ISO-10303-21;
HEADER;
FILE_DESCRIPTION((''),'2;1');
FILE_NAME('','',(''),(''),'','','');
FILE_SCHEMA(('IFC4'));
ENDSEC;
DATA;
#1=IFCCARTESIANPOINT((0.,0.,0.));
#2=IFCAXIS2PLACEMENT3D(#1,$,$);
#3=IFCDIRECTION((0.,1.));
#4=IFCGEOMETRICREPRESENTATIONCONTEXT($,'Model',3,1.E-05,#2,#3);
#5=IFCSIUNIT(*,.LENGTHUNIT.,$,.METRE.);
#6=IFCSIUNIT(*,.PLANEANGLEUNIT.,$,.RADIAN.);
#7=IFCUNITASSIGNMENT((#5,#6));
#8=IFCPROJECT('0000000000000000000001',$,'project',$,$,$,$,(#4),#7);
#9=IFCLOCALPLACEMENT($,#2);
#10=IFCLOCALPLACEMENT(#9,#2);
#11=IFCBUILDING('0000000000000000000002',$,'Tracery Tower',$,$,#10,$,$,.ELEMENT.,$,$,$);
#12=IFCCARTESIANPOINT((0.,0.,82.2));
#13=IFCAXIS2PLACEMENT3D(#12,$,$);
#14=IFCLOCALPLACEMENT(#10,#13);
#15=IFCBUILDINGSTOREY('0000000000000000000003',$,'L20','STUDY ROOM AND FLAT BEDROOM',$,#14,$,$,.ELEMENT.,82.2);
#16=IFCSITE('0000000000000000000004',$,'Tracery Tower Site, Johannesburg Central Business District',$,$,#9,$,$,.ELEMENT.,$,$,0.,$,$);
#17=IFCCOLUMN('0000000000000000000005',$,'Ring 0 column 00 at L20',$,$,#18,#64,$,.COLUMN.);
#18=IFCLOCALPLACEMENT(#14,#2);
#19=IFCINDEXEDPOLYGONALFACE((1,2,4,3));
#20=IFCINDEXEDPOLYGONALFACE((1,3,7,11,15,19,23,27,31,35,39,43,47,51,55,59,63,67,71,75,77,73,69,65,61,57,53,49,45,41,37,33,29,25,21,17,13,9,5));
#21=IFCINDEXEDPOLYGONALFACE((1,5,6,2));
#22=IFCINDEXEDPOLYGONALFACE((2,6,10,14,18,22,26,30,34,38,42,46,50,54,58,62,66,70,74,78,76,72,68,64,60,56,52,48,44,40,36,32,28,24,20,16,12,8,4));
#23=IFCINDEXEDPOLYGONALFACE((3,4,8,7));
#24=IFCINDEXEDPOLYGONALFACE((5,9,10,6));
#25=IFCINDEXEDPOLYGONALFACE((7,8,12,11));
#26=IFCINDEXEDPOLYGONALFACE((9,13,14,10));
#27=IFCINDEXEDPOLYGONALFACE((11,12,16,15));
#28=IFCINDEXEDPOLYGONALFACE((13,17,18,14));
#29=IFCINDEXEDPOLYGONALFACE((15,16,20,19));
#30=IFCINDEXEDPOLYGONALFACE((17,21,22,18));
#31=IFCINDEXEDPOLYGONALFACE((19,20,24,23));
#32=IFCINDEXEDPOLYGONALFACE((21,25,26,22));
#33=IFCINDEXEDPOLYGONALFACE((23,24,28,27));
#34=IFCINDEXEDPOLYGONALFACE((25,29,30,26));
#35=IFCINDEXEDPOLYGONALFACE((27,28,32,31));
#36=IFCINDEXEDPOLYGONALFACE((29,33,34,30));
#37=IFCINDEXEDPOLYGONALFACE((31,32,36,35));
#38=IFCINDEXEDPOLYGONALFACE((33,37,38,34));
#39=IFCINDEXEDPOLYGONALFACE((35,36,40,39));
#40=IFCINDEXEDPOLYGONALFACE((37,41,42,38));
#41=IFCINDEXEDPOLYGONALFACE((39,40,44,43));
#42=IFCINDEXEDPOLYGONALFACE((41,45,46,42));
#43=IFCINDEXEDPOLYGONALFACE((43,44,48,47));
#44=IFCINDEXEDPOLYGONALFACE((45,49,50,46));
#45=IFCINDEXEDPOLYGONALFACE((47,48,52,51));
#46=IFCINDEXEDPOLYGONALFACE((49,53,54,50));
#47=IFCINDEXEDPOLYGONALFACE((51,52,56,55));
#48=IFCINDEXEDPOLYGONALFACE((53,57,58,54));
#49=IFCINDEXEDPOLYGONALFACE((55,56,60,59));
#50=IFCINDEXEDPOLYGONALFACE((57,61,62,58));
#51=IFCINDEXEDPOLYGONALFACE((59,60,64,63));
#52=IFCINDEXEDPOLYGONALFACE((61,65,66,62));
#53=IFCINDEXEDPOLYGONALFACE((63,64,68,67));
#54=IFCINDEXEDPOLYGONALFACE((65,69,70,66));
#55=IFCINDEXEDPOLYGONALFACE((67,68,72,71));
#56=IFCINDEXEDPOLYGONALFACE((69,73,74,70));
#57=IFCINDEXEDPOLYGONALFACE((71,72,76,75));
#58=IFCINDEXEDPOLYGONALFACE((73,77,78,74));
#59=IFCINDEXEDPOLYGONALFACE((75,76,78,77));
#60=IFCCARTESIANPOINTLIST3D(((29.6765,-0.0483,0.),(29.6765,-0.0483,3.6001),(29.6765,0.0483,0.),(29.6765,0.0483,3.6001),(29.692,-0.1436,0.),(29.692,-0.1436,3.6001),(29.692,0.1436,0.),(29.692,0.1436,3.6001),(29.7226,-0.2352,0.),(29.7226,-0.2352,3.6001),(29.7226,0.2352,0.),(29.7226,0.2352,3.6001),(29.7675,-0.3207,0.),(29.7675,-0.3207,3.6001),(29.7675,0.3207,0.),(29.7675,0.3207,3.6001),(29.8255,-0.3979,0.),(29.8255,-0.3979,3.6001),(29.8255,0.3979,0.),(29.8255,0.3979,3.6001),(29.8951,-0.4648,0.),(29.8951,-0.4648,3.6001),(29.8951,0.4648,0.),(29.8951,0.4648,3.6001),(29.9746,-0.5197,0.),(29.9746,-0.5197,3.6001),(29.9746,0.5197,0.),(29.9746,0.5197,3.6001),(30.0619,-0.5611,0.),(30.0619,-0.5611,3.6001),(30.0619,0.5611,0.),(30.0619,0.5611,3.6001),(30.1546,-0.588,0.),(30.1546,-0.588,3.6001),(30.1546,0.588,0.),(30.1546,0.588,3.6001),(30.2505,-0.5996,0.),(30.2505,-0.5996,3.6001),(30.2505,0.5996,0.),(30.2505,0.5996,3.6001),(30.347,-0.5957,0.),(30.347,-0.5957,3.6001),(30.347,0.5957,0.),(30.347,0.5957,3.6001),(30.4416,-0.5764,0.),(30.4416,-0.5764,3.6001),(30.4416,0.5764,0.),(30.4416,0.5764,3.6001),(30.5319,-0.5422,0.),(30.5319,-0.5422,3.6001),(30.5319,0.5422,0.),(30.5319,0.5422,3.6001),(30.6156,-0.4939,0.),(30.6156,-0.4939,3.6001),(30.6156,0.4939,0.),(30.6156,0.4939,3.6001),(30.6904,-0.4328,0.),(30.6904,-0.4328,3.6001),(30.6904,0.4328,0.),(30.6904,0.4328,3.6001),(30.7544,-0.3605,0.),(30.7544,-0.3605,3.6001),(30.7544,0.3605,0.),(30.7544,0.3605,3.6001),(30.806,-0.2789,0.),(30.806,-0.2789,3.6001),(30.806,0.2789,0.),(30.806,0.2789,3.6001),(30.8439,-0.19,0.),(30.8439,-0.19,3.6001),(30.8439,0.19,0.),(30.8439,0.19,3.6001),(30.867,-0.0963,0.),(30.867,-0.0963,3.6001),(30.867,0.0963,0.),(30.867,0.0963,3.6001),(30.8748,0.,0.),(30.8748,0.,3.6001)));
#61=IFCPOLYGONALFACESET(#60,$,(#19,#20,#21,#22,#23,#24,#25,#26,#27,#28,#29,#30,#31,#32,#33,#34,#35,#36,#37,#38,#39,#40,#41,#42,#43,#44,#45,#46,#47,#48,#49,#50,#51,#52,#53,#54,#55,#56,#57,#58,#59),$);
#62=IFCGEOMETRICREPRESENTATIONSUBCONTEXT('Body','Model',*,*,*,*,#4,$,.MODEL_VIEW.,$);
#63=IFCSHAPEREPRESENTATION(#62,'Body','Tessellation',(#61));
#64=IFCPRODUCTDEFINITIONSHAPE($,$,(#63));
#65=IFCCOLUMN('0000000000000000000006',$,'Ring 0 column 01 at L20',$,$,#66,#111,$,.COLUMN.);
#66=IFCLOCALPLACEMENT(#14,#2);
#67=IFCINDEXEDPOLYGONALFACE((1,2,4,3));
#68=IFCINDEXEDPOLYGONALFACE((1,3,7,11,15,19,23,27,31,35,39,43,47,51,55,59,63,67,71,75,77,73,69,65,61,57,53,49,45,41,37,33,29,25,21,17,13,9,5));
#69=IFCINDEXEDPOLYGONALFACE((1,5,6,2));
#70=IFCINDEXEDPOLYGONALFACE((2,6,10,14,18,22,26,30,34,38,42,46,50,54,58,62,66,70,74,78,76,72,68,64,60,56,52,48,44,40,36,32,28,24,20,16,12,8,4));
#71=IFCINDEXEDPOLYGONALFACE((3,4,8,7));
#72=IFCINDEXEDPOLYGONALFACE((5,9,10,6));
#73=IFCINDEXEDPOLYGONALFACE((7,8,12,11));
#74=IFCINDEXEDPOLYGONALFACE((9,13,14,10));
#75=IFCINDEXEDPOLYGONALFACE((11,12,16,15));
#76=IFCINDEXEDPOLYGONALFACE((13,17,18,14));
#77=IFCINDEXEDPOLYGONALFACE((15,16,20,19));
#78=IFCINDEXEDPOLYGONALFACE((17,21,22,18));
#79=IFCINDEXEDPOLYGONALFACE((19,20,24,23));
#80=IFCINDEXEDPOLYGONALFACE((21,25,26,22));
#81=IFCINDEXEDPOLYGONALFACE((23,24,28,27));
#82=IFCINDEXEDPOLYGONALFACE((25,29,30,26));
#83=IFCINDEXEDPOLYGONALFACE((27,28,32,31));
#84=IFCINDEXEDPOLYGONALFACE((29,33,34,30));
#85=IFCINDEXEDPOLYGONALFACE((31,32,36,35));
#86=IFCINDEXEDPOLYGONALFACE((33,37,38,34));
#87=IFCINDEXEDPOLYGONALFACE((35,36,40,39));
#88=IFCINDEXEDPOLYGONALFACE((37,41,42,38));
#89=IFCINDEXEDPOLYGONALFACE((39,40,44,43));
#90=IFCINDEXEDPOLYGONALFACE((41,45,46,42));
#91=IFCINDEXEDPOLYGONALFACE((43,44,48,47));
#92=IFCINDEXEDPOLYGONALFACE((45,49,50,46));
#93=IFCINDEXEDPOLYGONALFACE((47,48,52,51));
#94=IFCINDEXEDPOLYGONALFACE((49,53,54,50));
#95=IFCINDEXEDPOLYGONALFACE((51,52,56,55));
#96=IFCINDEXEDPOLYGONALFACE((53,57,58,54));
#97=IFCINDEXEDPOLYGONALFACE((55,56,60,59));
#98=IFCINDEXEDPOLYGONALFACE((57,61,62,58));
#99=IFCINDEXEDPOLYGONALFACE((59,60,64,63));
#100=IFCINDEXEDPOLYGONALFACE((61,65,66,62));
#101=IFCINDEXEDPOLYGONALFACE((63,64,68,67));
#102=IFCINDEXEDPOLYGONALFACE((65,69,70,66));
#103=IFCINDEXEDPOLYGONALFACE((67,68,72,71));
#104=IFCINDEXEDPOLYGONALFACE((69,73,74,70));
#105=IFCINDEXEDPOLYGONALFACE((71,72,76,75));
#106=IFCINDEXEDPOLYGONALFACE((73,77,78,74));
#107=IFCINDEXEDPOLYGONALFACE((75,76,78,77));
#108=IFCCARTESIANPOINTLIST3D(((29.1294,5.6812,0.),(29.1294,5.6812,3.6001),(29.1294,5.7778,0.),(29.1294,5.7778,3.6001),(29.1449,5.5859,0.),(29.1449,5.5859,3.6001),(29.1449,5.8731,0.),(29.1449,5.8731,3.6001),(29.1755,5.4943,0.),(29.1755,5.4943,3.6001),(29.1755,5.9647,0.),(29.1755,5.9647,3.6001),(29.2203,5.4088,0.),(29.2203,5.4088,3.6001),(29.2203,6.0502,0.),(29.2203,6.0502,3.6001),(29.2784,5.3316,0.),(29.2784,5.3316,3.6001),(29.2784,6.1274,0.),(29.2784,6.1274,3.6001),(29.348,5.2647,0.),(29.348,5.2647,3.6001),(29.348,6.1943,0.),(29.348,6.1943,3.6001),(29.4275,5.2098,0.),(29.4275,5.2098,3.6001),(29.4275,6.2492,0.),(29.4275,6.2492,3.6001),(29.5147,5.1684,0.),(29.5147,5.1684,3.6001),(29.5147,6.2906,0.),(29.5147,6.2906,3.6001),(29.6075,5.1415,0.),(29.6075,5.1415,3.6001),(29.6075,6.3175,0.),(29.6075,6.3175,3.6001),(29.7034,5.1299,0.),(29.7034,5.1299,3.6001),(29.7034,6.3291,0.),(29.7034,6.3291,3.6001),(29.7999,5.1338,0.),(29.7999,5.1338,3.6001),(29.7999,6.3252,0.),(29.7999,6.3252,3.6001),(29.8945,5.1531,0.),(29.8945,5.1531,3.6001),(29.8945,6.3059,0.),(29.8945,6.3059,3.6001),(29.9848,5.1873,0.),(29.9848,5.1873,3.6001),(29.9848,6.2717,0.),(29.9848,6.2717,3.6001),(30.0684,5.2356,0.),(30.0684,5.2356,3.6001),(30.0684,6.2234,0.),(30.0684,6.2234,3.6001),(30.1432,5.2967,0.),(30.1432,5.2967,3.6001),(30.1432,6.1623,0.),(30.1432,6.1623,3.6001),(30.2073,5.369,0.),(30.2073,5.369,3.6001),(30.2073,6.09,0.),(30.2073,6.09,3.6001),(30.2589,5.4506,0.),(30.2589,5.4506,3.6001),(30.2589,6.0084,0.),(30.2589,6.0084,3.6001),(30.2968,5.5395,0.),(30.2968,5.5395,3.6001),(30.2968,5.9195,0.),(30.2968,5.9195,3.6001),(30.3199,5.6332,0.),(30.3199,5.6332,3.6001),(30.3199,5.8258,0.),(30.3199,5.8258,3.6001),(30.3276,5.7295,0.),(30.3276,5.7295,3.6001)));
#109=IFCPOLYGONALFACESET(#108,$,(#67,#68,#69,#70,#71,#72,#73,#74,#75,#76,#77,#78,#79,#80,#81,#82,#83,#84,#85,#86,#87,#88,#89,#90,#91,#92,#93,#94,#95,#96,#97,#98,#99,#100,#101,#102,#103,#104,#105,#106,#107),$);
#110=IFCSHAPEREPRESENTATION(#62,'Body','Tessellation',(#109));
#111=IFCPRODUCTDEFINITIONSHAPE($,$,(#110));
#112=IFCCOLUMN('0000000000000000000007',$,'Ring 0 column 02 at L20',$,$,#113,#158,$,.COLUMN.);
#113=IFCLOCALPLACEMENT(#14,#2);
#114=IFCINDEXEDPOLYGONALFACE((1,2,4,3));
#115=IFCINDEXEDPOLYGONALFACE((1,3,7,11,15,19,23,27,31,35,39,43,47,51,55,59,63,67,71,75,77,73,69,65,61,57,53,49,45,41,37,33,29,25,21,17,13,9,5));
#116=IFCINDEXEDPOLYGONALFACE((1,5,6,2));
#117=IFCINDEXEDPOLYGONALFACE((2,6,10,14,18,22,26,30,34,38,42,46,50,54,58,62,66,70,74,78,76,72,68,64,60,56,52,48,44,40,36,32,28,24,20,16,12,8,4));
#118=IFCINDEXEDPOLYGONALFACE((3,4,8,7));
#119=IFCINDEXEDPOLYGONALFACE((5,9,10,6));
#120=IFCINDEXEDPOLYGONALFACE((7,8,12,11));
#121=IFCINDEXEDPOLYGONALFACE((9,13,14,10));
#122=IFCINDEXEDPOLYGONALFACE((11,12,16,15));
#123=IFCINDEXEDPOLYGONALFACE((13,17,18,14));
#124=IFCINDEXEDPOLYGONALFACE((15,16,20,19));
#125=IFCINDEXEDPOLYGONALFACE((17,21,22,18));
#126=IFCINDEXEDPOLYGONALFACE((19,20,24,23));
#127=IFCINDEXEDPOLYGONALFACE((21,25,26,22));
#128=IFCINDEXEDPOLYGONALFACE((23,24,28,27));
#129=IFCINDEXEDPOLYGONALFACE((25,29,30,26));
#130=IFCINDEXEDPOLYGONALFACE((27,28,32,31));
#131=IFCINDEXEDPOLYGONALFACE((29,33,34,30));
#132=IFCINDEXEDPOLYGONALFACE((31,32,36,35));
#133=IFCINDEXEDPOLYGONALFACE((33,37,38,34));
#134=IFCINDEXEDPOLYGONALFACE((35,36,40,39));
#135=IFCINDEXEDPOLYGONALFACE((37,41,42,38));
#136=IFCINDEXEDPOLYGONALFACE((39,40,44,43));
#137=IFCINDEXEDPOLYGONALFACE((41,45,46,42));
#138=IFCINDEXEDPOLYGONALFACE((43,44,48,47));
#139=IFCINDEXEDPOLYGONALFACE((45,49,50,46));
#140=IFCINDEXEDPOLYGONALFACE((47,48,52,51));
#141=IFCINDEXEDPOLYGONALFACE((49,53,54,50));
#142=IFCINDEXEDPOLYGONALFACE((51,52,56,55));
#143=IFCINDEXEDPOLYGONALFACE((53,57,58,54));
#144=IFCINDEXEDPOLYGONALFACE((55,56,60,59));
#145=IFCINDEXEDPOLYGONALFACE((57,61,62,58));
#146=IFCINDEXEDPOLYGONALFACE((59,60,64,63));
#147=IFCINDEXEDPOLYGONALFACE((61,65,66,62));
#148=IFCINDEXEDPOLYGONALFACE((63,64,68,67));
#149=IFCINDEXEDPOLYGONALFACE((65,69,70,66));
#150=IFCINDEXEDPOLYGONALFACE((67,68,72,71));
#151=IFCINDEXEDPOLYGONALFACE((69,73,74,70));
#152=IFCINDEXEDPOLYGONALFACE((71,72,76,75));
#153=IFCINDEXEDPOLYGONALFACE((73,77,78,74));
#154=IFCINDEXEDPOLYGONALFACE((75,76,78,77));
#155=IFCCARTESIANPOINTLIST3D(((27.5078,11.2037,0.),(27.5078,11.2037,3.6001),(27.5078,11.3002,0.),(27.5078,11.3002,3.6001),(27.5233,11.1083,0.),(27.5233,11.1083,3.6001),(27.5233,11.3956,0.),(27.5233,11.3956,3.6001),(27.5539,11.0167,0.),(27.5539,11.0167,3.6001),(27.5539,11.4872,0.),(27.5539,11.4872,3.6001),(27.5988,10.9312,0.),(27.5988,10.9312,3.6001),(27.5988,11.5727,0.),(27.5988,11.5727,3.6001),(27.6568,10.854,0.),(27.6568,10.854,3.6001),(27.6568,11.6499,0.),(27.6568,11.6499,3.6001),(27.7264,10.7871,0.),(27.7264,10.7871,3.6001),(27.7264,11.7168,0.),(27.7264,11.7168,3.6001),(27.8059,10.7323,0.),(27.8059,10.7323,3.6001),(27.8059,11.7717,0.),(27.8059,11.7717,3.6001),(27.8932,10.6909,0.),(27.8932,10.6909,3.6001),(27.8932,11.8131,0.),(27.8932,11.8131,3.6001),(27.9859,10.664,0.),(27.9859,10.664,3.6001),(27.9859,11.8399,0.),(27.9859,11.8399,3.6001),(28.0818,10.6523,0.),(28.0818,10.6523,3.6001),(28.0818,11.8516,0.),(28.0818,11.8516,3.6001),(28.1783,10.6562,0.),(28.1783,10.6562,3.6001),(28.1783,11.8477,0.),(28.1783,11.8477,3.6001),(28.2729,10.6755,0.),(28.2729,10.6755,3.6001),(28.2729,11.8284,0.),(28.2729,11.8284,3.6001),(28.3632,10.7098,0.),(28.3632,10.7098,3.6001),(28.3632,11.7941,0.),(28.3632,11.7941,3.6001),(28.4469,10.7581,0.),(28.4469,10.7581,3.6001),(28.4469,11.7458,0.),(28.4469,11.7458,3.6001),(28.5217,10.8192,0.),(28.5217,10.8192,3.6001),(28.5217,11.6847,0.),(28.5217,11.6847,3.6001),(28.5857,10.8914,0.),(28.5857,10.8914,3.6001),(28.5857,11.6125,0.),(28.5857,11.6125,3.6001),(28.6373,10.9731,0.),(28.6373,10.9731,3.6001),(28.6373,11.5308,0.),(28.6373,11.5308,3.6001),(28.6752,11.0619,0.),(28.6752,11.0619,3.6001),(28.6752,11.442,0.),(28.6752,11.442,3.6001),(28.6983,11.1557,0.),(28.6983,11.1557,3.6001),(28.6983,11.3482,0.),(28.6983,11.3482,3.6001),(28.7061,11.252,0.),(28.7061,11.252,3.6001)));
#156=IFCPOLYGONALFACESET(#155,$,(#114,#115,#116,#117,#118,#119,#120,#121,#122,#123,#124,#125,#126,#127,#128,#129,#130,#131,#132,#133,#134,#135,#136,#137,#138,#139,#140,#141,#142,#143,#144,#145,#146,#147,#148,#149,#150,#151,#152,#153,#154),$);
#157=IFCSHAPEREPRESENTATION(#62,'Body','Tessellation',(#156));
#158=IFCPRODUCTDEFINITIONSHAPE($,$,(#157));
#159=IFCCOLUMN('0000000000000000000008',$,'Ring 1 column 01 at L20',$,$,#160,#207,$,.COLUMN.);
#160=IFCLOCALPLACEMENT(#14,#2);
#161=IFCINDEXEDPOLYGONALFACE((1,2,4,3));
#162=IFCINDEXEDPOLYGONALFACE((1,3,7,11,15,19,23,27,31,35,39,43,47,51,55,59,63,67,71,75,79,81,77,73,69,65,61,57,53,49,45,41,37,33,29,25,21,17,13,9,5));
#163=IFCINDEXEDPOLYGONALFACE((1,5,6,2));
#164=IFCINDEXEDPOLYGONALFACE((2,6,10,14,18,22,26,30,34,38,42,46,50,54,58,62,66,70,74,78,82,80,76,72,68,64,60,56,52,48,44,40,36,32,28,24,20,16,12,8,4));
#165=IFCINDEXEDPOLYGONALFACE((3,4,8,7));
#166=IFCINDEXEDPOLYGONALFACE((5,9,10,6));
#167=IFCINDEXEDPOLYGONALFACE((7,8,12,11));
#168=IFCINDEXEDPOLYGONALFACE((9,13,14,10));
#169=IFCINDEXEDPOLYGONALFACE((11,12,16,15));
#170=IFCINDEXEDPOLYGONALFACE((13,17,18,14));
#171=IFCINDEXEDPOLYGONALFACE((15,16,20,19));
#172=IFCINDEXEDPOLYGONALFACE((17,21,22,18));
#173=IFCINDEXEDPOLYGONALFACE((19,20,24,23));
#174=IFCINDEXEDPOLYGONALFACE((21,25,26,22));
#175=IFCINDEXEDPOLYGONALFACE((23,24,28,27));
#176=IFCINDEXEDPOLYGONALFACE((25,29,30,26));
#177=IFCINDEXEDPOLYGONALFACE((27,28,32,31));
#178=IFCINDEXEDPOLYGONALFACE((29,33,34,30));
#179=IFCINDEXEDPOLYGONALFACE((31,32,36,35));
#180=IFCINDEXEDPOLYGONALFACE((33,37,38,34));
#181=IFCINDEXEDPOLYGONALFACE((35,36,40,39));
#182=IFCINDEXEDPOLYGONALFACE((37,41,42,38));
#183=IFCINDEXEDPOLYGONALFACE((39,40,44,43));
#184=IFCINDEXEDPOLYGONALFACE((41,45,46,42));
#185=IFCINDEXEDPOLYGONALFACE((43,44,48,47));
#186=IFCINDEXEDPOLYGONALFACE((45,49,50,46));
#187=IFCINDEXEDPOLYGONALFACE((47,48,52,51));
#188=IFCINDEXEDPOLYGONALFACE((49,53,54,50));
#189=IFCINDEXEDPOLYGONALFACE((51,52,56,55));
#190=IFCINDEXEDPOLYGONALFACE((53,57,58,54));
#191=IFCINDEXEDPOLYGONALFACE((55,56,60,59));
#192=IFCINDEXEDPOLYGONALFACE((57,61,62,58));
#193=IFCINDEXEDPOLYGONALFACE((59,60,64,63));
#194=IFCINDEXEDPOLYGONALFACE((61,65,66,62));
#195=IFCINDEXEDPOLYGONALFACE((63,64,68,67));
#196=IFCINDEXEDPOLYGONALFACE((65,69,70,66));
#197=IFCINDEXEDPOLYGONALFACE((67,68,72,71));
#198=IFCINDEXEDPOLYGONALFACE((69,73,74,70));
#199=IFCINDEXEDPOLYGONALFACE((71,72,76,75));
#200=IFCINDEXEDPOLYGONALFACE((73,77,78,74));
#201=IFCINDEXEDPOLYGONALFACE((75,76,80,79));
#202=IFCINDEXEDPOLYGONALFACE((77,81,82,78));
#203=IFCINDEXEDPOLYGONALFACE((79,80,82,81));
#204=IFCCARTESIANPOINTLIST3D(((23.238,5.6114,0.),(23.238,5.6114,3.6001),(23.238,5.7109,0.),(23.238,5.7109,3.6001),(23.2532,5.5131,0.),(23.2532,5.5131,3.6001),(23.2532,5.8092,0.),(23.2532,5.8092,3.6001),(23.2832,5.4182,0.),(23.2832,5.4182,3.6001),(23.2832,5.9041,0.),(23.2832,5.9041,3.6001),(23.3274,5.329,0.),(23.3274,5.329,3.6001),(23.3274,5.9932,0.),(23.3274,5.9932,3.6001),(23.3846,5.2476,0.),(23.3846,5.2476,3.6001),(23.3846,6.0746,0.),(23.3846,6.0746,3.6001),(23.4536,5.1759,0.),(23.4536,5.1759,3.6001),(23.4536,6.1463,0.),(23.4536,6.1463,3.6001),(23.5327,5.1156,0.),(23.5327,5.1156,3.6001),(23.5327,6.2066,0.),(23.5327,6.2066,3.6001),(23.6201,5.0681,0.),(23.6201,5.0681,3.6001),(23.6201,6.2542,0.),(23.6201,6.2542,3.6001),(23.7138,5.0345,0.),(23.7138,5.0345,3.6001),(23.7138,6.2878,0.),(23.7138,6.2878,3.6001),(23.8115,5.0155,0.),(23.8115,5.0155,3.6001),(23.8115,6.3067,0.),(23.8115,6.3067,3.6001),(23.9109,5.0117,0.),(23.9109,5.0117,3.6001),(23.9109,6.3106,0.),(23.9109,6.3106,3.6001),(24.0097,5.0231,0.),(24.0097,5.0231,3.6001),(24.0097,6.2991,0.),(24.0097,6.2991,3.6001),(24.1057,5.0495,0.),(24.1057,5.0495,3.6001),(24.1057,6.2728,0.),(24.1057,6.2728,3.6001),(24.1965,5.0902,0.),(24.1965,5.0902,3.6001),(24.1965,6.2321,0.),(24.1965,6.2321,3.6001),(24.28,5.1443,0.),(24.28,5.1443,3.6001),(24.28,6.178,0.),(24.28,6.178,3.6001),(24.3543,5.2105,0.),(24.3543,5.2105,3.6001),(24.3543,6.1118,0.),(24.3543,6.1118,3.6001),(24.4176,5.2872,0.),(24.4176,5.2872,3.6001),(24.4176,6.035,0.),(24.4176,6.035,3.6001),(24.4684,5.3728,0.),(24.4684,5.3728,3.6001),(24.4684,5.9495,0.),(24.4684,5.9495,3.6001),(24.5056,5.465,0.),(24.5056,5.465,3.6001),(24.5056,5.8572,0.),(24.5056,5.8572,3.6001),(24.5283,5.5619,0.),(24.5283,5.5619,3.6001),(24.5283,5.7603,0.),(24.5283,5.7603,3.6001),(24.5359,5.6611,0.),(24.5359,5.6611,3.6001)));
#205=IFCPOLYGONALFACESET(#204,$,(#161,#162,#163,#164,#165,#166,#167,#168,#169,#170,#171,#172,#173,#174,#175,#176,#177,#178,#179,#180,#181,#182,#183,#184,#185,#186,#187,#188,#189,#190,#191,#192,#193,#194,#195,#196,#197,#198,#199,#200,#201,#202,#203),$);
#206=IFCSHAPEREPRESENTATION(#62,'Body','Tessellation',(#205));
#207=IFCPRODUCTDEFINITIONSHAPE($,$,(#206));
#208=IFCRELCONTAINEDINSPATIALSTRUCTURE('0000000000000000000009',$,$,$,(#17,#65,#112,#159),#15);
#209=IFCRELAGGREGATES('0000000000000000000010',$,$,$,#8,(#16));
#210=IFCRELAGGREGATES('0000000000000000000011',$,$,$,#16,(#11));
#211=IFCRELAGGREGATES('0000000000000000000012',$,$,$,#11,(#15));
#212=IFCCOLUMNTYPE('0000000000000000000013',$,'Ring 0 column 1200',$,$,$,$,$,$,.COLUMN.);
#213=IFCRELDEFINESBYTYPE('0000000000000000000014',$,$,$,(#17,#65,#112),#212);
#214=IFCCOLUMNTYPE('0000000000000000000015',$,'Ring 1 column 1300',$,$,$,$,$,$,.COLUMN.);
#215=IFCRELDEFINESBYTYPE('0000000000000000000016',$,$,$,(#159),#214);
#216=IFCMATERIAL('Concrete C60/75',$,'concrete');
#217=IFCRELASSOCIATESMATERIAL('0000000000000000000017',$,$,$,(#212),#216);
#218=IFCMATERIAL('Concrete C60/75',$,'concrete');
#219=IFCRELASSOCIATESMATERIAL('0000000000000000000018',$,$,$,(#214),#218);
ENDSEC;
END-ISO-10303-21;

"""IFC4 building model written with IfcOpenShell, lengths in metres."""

from ifc_helpers import new_model, si_unit, direction, frame, origin, origin_2d, place, context, subcontext, project, spatial, circle, extrude, material, material_profile, profile_set, type_object, element, save


model = new_model("IFC4")

# Units and contexts
model_context = context("Model", 3, precision=1e-05, world=origin(), true_north=direction((0.0, 1.0)))
body_context = subcontext(model_context, "Body", "Model", "MODEL_VIEW")
ifc_project = project(units=[si_unit("LENGTHUNIT", "METRE"), si_unit("PLANEANGLEUNIT", "RADIAN")], contexts=[model_context])

# Site, building, storey
site_placement = place(None, origin())
site = spatial("IfcSite", under=ifc_project, at=site_placement, Name="Tracery Tower Site, Johannesburg Central Business District", CompositionType="ELEMENT", RefElevation=0.0)
building_placement = place(site_placement, origin())
building = spatial("IfcBuilding", under=site, at=building_placement, Name="Tracery Tower", CompositionType="ELEMENT")
storey_placement = place(building_placement, frame((0.0, 0.0, 82.2)))
storey = spatial("IfcBuildingStorey", under=building, at=storey_placement, Name="L20", Description="STUDY ROOM AND FLAT BEDROOM", CompositionType="ELEMENT", Elevation=82.2)

# Columns
ifc_material_1 = material(Name="Concrete C60/75", Category="concrete")
ifc_material_profile_1 = material_profile(ifc_material_1, circle(Radius=0.6001, at=origin_2d()), Name="RC D1200")
ifc_profile_set_1 = profile_set([ifc_material_profile_1], Name="Concrete C60/75")
column_type_1 = type_object("IfcColumnType", Name="Ring 0 column 1200", PredefinedType="COLUMN", material=ifc_profile_set_1)
for number, where, z_axis, x_axis, name in (
    (1, (30.2747, 0.0, 0.0), (0.0, 0.0, 1.0), (1.0, 0.0, 0.0), "Ring 0 column 00 at L20"),
    (2, (29.7275, 5.7295, 0.0), (0.0, 0.0, 1.0), (1.0, 0.0, 0.0), "Ring 0 column 01 at L20"),
    (3, (28.106, 11.252, 0.0), (0.0, 0.0, 1.0), (1.0, 0.0, 0.0), "Ring 0 column 02 at L20"),
):
    element("IfcColumn", number, at=place(storey_placement, frame(where, z_axis=z_axis, x_axis=x_axis)), inside=storey, type_object=column_type_1, Name=name, PredefinedType="COLUMN", context=body_context, shape_type="SweptSolid", body=[
        extrude(circle(Radius=0.6001, at=origin_2d()), origin(), (0.0, 0.0, 1.0), 3.6001),
    ])
ifc_material_2 = material(Name="Concrete C60/75", Category="concrete")
ifc_material_profile_2 = material_profile(ifc_material_2, circle(Radius=0.6499, at=origin_2d()), Name="RC D1300")
ifc_profile_set_2 = profile_set([ifc_material_profile_2], Name="Concrete C60/75")
column_type_2 = type_object("IfcColumnType", Name="Ring 1 column 1300", PredefinedType="COLUMN", material=ifc_profile_set_2)
for number, where, z_axis, x_axis, name in (
    (4, (23.886, 5.6611, 0.0), (0.0, 0.0, 1.0), (1.0, 0.0, 0.0), "Ring 1 column 01 at L20"),
):
    element("IfcColumn", number, at=place(storey_placement, frame(where, z_axis=z_axis, x_axis=x_axis)), inside=storey, type_object=column_type_2, Name=name, PredefinedType="COLUMN", context=body_context, shape_type="SweptSolid", body=[
        extrude(circle(Radius=0.6499, at=origin_2d()), origin(), (0.0, 0.0, 1.0), 3.6001),
    ])

save(model, "model.ifc")
